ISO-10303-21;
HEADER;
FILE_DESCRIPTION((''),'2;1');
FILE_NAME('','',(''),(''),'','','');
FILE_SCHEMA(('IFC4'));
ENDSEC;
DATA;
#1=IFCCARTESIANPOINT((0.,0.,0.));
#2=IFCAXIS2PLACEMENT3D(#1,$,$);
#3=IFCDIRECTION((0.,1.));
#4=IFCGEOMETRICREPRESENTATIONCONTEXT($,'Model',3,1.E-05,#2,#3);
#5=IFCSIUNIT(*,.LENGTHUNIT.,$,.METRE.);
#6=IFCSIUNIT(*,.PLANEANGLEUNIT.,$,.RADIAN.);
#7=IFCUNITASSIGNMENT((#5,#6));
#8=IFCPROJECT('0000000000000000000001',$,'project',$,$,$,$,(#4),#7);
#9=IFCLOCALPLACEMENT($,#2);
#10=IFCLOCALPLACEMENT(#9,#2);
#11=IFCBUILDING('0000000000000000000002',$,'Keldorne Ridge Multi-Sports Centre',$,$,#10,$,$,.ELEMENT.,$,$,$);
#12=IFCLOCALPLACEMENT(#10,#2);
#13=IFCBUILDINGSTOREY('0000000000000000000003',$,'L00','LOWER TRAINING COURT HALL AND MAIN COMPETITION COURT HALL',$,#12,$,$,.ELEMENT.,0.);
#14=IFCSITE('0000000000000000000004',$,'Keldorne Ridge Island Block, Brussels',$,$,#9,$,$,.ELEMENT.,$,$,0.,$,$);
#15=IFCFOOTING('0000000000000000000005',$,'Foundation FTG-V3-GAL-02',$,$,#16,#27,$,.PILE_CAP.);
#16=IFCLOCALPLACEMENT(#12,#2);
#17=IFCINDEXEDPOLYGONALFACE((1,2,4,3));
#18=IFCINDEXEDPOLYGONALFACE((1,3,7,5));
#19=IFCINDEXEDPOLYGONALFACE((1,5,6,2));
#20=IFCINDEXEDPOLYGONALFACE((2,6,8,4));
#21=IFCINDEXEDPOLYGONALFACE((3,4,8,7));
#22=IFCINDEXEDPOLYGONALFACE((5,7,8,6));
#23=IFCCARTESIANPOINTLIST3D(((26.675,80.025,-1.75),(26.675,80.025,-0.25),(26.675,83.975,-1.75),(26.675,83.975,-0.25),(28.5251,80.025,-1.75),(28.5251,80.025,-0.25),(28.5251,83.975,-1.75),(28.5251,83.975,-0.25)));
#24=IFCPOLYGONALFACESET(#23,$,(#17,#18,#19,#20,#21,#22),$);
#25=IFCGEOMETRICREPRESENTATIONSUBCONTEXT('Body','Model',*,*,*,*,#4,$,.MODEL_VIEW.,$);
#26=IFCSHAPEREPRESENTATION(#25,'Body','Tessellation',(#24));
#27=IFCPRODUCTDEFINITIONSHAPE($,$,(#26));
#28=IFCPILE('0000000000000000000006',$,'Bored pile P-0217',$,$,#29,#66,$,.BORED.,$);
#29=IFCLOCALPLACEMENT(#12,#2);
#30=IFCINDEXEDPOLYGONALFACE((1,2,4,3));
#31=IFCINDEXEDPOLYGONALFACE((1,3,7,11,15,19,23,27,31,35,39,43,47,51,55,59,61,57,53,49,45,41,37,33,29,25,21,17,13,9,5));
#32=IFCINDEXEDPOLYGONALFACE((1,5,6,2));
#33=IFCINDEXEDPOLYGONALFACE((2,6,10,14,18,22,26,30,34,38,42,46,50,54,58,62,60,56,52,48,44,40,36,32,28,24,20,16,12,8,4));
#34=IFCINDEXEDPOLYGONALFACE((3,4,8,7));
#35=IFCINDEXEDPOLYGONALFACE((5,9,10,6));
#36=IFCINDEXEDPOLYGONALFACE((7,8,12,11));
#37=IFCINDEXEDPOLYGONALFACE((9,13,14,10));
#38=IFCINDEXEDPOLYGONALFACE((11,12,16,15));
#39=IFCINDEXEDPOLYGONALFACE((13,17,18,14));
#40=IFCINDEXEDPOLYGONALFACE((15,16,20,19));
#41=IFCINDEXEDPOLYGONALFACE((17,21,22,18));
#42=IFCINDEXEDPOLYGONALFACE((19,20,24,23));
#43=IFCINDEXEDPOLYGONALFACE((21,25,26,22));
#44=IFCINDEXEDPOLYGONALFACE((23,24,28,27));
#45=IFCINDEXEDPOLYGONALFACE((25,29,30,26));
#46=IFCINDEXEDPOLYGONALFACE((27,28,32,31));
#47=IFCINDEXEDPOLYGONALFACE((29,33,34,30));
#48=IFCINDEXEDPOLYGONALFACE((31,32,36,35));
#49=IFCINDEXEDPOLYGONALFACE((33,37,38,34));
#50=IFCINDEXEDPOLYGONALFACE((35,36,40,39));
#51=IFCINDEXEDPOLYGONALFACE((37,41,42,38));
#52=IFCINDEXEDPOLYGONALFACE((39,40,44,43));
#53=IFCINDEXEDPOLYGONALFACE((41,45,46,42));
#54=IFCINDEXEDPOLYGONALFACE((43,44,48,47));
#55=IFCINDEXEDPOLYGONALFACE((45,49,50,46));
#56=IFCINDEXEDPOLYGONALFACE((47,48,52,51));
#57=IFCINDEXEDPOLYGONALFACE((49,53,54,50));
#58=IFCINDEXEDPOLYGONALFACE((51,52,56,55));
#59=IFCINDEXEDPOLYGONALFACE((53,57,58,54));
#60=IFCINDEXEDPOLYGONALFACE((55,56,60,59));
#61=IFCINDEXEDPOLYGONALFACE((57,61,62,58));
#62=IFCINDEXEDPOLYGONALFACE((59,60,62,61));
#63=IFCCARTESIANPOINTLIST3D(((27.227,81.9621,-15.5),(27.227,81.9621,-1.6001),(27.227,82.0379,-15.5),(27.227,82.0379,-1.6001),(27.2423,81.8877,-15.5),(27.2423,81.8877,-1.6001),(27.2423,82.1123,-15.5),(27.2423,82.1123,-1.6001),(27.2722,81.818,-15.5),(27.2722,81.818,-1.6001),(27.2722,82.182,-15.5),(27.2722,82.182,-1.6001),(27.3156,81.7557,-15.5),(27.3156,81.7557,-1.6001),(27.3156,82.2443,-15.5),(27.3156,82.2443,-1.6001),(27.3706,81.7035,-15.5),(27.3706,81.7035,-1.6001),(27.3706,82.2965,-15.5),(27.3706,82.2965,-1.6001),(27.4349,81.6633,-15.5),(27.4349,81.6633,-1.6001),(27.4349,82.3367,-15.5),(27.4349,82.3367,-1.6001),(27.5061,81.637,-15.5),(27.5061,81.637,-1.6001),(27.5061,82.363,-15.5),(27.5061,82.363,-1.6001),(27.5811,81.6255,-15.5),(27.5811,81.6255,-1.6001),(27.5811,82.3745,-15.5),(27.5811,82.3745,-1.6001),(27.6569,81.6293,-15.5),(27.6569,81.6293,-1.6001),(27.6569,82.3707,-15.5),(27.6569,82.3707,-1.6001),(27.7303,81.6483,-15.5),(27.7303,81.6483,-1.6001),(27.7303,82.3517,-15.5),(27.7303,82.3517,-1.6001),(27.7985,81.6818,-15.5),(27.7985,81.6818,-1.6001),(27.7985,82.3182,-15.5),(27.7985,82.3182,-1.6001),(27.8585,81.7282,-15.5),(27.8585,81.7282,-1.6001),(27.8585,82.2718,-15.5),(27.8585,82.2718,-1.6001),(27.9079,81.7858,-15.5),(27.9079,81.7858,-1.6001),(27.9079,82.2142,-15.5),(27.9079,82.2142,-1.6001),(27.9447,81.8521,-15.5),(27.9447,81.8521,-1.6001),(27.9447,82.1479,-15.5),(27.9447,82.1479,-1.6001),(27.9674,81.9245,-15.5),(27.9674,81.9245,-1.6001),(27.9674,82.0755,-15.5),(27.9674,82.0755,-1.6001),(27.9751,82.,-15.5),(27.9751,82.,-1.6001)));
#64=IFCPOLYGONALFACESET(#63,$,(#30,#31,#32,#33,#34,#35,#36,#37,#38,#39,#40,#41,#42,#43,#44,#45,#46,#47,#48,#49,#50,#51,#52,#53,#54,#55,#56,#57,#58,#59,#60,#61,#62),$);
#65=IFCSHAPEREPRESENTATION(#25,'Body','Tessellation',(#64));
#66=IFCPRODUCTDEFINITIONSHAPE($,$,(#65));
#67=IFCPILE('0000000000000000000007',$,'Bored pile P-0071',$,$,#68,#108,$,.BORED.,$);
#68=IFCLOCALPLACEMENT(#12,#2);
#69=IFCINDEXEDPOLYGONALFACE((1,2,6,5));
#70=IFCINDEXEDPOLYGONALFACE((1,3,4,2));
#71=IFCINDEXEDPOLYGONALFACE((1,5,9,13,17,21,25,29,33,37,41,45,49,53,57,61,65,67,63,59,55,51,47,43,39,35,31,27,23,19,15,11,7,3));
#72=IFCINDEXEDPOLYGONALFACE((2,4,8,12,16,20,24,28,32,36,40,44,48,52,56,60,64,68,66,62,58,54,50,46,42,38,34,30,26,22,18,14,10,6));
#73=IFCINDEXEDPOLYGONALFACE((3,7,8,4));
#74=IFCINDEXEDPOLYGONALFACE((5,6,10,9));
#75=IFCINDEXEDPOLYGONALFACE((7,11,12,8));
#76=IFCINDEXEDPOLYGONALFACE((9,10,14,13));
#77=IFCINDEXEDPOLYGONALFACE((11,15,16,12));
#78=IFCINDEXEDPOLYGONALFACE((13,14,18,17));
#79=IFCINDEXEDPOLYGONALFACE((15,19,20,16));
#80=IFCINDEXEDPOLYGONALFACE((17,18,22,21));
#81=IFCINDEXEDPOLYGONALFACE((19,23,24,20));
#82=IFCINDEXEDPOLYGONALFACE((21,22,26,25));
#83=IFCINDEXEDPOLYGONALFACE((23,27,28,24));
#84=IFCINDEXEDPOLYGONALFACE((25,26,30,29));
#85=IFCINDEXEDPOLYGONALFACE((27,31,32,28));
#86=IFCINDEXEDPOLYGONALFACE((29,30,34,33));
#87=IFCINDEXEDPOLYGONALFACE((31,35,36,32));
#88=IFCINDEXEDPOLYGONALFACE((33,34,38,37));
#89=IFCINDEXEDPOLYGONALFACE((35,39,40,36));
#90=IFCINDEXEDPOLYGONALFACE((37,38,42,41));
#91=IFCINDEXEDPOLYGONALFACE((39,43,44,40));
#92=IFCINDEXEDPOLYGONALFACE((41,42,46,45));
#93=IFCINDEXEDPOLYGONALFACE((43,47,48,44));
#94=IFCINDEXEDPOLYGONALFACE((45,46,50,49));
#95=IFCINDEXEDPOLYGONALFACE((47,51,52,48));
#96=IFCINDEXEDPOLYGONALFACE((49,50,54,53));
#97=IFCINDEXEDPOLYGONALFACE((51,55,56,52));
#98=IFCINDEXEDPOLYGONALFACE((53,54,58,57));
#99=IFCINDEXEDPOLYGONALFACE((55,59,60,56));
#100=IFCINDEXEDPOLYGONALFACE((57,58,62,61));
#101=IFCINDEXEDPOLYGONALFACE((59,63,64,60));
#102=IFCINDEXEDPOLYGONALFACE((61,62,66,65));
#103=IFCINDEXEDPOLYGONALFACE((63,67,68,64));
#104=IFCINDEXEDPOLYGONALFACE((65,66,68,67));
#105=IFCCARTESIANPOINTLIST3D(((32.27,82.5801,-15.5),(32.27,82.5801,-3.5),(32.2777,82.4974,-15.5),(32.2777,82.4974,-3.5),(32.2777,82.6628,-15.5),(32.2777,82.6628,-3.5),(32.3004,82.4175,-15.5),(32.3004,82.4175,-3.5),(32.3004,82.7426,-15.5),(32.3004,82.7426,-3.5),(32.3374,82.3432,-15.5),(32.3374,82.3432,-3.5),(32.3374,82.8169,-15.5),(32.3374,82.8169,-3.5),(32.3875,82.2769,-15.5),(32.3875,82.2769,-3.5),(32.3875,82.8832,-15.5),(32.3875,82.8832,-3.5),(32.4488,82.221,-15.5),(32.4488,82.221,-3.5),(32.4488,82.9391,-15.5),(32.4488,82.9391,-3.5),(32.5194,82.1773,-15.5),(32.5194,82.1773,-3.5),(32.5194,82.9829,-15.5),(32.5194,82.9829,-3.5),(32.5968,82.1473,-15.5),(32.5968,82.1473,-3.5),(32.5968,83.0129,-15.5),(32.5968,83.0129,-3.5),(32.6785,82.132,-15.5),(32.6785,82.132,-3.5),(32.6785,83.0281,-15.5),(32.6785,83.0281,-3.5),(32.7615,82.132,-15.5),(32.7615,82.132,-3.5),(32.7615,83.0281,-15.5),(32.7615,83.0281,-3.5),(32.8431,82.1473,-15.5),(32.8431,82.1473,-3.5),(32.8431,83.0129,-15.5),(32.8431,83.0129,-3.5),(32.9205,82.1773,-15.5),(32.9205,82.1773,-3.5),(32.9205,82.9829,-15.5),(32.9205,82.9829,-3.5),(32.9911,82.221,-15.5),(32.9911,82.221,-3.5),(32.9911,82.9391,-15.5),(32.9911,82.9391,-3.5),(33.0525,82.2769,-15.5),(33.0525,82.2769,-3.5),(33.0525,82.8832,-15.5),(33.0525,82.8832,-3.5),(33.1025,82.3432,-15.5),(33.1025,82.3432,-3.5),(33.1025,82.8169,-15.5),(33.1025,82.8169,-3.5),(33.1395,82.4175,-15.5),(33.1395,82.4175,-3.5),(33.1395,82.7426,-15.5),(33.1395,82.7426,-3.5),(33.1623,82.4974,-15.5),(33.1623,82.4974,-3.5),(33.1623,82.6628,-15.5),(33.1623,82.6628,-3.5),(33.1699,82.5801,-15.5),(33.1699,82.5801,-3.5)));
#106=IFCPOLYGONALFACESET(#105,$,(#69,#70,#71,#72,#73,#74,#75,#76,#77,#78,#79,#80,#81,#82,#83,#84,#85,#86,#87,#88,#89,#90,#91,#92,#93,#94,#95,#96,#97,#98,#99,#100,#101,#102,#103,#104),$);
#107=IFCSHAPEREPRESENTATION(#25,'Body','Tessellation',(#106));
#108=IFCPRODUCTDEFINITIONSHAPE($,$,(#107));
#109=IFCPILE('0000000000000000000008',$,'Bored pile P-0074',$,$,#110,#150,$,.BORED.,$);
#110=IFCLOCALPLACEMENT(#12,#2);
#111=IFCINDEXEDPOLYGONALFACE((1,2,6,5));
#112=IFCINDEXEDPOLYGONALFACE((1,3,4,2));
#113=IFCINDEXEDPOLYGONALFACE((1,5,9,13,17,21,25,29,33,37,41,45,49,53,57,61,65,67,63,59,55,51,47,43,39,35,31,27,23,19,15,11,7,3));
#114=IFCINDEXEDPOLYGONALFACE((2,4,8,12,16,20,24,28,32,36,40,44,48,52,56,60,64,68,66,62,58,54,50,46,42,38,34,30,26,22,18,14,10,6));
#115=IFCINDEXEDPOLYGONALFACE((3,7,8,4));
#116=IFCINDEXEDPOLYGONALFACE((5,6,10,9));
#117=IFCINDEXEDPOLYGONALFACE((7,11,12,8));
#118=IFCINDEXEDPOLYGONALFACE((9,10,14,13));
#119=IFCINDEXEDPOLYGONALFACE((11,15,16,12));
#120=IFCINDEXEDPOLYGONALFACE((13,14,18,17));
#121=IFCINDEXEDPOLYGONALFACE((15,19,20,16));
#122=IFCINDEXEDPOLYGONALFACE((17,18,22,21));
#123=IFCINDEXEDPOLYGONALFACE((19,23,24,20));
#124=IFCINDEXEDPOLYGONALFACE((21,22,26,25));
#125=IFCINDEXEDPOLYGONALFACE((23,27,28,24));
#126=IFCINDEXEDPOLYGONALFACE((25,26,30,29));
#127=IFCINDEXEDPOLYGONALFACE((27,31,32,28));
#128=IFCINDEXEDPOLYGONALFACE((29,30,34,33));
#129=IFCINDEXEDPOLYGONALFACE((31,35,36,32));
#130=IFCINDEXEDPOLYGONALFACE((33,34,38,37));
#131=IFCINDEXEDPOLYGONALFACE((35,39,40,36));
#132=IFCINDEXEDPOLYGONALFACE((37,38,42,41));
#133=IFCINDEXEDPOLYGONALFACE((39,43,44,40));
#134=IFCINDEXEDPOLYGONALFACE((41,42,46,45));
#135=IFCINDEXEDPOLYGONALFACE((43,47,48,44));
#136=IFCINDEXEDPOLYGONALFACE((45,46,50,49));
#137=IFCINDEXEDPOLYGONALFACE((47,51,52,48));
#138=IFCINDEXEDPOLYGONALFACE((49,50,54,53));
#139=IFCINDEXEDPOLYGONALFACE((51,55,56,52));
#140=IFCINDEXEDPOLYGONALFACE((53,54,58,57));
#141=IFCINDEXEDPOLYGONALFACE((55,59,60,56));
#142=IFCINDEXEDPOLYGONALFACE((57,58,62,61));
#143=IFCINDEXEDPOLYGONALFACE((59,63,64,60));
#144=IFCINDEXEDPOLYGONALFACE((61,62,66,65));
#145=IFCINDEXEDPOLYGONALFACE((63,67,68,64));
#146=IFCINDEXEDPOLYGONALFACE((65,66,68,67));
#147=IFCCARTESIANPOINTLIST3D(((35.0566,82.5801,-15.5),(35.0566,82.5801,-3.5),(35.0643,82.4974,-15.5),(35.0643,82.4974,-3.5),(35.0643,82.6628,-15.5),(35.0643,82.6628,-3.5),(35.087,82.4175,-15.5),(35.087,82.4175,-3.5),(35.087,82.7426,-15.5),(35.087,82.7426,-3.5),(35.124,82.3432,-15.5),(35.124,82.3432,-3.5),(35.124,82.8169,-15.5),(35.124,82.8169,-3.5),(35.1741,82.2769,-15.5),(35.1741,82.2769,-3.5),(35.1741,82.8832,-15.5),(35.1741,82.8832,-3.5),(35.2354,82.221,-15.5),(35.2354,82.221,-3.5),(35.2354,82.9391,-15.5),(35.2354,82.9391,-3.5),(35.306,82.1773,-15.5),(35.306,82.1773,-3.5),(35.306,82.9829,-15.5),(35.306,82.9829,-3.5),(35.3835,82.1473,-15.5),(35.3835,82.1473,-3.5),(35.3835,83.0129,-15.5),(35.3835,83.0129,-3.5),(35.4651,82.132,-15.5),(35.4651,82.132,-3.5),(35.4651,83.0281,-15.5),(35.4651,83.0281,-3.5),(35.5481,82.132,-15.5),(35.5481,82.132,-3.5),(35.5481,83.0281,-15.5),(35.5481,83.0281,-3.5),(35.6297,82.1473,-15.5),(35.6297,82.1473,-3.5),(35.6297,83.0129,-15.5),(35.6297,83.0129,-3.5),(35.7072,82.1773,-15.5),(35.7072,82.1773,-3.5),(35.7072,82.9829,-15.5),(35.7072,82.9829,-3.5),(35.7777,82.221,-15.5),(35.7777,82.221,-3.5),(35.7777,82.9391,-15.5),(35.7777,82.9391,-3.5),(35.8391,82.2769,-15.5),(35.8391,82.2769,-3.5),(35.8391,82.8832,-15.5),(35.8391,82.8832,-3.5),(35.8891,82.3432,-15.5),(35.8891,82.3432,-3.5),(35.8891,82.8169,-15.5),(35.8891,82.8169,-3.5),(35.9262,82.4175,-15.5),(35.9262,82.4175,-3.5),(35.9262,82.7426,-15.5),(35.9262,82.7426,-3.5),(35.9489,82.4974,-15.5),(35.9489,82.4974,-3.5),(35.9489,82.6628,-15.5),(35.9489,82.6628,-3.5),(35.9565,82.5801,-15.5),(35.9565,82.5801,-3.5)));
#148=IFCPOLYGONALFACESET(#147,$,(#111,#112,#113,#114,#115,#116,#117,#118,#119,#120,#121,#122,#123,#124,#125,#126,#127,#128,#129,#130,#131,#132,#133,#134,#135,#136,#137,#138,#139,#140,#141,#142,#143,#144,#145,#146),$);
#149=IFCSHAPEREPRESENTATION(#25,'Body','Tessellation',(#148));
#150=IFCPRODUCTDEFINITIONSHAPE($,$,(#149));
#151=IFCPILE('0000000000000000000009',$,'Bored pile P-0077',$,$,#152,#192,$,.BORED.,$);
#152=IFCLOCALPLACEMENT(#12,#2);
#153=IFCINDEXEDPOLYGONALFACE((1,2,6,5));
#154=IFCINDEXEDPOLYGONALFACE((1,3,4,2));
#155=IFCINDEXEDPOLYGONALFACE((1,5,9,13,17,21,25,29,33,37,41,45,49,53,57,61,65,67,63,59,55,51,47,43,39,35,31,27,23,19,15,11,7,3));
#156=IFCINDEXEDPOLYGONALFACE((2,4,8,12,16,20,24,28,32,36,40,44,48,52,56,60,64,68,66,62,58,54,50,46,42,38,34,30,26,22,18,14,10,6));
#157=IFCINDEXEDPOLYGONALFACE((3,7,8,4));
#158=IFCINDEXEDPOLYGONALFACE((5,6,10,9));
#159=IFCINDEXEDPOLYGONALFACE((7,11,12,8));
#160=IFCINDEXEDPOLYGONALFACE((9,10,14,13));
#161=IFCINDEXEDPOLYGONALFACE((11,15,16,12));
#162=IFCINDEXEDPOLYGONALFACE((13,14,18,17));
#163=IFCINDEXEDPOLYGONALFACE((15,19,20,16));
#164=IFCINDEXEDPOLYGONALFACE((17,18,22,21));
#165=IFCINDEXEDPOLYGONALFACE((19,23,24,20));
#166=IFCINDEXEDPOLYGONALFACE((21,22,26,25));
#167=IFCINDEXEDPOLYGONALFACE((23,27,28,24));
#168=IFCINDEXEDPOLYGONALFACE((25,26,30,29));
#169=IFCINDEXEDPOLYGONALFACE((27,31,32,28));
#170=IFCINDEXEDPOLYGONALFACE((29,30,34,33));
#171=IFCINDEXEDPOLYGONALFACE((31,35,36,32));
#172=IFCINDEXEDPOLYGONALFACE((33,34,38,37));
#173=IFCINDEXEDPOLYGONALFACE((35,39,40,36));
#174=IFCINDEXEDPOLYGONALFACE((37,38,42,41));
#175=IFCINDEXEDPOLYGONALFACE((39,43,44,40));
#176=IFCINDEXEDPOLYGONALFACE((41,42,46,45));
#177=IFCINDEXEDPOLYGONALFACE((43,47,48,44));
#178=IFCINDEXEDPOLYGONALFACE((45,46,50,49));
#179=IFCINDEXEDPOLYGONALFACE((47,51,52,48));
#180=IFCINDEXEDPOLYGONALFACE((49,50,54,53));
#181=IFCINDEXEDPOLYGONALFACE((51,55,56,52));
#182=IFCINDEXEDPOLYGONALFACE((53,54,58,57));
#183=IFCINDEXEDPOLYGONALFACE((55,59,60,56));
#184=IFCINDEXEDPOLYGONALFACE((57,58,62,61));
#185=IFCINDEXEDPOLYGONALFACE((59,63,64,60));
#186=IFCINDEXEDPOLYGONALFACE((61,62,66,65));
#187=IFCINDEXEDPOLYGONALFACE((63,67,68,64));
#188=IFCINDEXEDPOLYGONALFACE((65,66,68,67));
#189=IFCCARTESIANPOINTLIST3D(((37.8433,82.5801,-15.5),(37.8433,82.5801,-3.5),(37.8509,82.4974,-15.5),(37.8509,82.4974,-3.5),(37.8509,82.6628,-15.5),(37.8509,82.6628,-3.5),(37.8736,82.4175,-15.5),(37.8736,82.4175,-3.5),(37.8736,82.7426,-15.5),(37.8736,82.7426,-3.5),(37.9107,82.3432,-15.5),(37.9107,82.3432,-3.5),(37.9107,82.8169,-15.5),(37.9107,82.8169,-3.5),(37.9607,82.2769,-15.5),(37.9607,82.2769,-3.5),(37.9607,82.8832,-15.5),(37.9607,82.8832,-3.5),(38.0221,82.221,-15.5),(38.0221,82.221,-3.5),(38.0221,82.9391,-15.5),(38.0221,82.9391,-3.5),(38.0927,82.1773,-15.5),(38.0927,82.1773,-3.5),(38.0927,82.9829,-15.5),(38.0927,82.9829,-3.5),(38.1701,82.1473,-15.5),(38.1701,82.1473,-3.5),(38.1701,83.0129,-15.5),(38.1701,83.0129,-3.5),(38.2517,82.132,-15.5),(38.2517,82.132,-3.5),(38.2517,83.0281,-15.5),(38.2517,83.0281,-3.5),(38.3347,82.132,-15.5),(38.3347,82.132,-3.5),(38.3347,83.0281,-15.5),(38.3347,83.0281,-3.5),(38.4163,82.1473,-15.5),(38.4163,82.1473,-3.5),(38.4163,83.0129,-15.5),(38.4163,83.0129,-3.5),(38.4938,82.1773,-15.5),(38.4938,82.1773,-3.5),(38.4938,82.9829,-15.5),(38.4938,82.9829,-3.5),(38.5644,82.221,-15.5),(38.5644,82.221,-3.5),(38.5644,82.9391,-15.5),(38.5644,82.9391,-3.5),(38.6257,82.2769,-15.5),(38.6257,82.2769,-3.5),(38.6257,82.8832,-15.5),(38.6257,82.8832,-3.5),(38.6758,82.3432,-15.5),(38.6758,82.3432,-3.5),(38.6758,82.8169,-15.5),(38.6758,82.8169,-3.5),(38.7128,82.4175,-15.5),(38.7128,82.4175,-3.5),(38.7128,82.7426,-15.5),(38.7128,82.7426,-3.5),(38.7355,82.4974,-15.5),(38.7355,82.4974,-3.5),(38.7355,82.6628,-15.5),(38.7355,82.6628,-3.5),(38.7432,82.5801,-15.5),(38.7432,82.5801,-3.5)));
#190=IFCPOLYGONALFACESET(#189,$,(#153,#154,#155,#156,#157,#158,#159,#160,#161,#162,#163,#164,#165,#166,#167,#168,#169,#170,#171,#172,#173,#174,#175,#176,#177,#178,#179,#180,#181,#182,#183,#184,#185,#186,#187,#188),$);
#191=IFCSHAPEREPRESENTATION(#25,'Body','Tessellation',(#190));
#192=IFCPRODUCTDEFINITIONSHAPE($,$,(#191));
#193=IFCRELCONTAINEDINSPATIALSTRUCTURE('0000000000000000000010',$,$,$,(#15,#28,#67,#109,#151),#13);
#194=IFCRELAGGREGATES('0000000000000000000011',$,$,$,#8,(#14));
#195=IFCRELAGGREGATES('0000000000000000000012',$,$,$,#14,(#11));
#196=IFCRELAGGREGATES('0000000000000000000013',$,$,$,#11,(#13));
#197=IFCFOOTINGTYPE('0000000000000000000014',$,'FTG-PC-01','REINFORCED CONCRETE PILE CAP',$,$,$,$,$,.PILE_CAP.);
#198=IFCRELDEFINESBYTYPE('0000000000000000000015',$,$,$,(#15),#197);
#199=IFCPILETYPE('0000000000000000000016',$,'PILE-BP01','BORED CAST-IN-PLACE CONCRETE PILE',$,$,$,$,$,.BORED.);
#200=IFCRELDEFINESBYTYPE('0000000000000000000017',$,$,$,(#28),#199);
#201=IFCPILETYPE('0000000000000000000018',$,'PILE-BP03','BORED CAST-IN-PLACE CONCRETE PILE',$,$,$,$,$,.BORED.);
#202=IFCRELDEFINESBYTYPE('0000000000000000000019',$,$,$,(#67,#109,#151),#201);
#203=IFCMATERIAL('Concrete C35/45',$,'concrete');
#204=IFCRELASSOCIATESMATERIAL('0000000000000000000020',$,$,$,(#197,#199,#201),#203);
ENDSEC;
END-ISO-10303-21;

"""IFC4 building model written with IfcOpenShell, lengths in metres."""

from ifc_helpers import new_model, si_unit, direction, frame, origin, origin_2d, place, context, subcontext, project, spatial, rectangle, circle, extrude, material, material_profile, profile_set, type_object, element, save


model = new_model("IFC4")

# Units and contexts
model_context = context("Model", 3, precision=1e-05, world=origin(), true_north=direction((0.0, 1.0)))
body_context = subcontext(model_context, "Body", "Model", "MODEL_VIEW")
ifc_project = project(units=[si_unit("LENGTHUNIT", "METRE"), si_unit("PLANEANGLEUNIT", "RADIAN")], contexts=[model_context])

# Site, building, storey
site_placement = place(None, origin())
site = spatial("IfcSite", under=ifc_project, at=site_placement, Name="Keldorne Ridge Island Block, Brussels", CompositionType="ELEMENT", RefElevation=0.0)
building_placement = place(site_placement, origin())
building = spatial("IfcBuilding", under=site, at=building_placement, Name="Keldorne Ridge Multi-Sports Centre", CompositionType="ELEMENT")
storey_placement = place(building_placement, origin())
storey = spatial("IfcBuildingStorey", under=building, at=storey_placement, Name="L00", Description="LOWER TRAINING COURT HALL AND MAIN COMPETITION COURT HALL", CompositionType="ELEMENT", Elevation=0.0)

# Footing
ifc_material_1 = material(Name="Concrete C35/45", Category="concrete")
footing_type = type_object("IfcFootingType", Name="FTG-PC-01", Description="REINFORCED CONCRETE PILE CAP", PredefinedType="PILE_CAP", material=ifc_material_1)
footing_placement = place(storey_placement, frame((27.6001, 82.0, -1.75), z_axis=(0.0, 0.0, 1.0), x_axis=(1.0, 0.0, 0.0)))
element("IfcFooting", 1, at=footing_placement, inside=storey, type_object=footing_type, Name="Foundation FTG-V3-GAL-02", PredefinedType="PILE_CAP", context=body_context, shape_type="SweptSolid", body=[
    extrude(rectangle(XDim=1.8501, YDim=3.95, at=origin_2d()), origin(), (0.0, 0.0, 1.0), 1.5),
])

# Piles
ifc_material_profile_1 = material_profile(ifc_material_1, circle(Radius=0.375, at=origin_2d()), Name="BORED PILE D750")
ifc_profile_set_1 = profile_set([ifc_material_profile_1], Name="Concrete C35/45")
pile_type_1 = type_object("IfcPileType", Name="PILE-BP01", Description="BORED CAST-IN-PLACE CONCRETE PILE", PredefinedType="BORED", material=ifc_profile_set_1)
pile_placement = place(storey_placement, frame((27.6001, 82.0, -1.6001), z_axis=(0.0, 0.0, -1.0), x_axis=(1.0, 0.0, 0.0)))
element("IfcPile", 2, at=pile_placement, inside=storey, type_object=pile_type_1, Name="Bored pile P-0217", PredefinedType="BORED", context=body_context, shape_type="SweptSolid", body=[
    extrude(circle(Radius=0.375, at=origin_2d()), origin(), (0.0, 0.0, 1.0), 13.8999),
])
ifc_material_profile_2 = material_profile(ifc_material_1, circle(Radius=0.45, at=origin_2d()), Name="BORED PILE D900")
ifc_profile_set_2 = profile_set([ifc_material_profile_2], Name="Concrete C35/45")
pile_type_2 = type_object("IfcPileType", Name="PILE-BP03", Description="BORED CAST-IN-PLACE CONCRETE PILE", PredefinedType="BORED", material=ifc_profile_set_2)
for number, where, z_axis, x_axis, name in (
    (3, (32.72, 82.5801, -3.5), (0.0, 0.0, -1.0), (1.0, 0.0, 0.0), "Bored pile P-0071"),
    (4, (35.5066, 82.5801, -3.5), (0.0, 0.0, -1.0), (1.0, 0.0, 0.0), "Bored pile P-0074"),
    (5, (38.2932, 82.5801, -3.5), (0.0, 0.0, -1.0), (1.0, 0.0, 0.0), "Bored pile P-0077"),
):
    element("IfcPile", number, at=place(storey_placement, frame(where, z_axis=z_axis, x_axis=x_axis)), inside=storey, type_object=pile_type_2, Name=name, PredefinedType="BORED", context=body_context, shape_type="SweptSolid", body=[
        extrude(circle(Radius=0.45, at=origin_2d()), origin(), (0.0, 0.0, 1.0), 12.0),
    ])

save(model, "model.ifc")
